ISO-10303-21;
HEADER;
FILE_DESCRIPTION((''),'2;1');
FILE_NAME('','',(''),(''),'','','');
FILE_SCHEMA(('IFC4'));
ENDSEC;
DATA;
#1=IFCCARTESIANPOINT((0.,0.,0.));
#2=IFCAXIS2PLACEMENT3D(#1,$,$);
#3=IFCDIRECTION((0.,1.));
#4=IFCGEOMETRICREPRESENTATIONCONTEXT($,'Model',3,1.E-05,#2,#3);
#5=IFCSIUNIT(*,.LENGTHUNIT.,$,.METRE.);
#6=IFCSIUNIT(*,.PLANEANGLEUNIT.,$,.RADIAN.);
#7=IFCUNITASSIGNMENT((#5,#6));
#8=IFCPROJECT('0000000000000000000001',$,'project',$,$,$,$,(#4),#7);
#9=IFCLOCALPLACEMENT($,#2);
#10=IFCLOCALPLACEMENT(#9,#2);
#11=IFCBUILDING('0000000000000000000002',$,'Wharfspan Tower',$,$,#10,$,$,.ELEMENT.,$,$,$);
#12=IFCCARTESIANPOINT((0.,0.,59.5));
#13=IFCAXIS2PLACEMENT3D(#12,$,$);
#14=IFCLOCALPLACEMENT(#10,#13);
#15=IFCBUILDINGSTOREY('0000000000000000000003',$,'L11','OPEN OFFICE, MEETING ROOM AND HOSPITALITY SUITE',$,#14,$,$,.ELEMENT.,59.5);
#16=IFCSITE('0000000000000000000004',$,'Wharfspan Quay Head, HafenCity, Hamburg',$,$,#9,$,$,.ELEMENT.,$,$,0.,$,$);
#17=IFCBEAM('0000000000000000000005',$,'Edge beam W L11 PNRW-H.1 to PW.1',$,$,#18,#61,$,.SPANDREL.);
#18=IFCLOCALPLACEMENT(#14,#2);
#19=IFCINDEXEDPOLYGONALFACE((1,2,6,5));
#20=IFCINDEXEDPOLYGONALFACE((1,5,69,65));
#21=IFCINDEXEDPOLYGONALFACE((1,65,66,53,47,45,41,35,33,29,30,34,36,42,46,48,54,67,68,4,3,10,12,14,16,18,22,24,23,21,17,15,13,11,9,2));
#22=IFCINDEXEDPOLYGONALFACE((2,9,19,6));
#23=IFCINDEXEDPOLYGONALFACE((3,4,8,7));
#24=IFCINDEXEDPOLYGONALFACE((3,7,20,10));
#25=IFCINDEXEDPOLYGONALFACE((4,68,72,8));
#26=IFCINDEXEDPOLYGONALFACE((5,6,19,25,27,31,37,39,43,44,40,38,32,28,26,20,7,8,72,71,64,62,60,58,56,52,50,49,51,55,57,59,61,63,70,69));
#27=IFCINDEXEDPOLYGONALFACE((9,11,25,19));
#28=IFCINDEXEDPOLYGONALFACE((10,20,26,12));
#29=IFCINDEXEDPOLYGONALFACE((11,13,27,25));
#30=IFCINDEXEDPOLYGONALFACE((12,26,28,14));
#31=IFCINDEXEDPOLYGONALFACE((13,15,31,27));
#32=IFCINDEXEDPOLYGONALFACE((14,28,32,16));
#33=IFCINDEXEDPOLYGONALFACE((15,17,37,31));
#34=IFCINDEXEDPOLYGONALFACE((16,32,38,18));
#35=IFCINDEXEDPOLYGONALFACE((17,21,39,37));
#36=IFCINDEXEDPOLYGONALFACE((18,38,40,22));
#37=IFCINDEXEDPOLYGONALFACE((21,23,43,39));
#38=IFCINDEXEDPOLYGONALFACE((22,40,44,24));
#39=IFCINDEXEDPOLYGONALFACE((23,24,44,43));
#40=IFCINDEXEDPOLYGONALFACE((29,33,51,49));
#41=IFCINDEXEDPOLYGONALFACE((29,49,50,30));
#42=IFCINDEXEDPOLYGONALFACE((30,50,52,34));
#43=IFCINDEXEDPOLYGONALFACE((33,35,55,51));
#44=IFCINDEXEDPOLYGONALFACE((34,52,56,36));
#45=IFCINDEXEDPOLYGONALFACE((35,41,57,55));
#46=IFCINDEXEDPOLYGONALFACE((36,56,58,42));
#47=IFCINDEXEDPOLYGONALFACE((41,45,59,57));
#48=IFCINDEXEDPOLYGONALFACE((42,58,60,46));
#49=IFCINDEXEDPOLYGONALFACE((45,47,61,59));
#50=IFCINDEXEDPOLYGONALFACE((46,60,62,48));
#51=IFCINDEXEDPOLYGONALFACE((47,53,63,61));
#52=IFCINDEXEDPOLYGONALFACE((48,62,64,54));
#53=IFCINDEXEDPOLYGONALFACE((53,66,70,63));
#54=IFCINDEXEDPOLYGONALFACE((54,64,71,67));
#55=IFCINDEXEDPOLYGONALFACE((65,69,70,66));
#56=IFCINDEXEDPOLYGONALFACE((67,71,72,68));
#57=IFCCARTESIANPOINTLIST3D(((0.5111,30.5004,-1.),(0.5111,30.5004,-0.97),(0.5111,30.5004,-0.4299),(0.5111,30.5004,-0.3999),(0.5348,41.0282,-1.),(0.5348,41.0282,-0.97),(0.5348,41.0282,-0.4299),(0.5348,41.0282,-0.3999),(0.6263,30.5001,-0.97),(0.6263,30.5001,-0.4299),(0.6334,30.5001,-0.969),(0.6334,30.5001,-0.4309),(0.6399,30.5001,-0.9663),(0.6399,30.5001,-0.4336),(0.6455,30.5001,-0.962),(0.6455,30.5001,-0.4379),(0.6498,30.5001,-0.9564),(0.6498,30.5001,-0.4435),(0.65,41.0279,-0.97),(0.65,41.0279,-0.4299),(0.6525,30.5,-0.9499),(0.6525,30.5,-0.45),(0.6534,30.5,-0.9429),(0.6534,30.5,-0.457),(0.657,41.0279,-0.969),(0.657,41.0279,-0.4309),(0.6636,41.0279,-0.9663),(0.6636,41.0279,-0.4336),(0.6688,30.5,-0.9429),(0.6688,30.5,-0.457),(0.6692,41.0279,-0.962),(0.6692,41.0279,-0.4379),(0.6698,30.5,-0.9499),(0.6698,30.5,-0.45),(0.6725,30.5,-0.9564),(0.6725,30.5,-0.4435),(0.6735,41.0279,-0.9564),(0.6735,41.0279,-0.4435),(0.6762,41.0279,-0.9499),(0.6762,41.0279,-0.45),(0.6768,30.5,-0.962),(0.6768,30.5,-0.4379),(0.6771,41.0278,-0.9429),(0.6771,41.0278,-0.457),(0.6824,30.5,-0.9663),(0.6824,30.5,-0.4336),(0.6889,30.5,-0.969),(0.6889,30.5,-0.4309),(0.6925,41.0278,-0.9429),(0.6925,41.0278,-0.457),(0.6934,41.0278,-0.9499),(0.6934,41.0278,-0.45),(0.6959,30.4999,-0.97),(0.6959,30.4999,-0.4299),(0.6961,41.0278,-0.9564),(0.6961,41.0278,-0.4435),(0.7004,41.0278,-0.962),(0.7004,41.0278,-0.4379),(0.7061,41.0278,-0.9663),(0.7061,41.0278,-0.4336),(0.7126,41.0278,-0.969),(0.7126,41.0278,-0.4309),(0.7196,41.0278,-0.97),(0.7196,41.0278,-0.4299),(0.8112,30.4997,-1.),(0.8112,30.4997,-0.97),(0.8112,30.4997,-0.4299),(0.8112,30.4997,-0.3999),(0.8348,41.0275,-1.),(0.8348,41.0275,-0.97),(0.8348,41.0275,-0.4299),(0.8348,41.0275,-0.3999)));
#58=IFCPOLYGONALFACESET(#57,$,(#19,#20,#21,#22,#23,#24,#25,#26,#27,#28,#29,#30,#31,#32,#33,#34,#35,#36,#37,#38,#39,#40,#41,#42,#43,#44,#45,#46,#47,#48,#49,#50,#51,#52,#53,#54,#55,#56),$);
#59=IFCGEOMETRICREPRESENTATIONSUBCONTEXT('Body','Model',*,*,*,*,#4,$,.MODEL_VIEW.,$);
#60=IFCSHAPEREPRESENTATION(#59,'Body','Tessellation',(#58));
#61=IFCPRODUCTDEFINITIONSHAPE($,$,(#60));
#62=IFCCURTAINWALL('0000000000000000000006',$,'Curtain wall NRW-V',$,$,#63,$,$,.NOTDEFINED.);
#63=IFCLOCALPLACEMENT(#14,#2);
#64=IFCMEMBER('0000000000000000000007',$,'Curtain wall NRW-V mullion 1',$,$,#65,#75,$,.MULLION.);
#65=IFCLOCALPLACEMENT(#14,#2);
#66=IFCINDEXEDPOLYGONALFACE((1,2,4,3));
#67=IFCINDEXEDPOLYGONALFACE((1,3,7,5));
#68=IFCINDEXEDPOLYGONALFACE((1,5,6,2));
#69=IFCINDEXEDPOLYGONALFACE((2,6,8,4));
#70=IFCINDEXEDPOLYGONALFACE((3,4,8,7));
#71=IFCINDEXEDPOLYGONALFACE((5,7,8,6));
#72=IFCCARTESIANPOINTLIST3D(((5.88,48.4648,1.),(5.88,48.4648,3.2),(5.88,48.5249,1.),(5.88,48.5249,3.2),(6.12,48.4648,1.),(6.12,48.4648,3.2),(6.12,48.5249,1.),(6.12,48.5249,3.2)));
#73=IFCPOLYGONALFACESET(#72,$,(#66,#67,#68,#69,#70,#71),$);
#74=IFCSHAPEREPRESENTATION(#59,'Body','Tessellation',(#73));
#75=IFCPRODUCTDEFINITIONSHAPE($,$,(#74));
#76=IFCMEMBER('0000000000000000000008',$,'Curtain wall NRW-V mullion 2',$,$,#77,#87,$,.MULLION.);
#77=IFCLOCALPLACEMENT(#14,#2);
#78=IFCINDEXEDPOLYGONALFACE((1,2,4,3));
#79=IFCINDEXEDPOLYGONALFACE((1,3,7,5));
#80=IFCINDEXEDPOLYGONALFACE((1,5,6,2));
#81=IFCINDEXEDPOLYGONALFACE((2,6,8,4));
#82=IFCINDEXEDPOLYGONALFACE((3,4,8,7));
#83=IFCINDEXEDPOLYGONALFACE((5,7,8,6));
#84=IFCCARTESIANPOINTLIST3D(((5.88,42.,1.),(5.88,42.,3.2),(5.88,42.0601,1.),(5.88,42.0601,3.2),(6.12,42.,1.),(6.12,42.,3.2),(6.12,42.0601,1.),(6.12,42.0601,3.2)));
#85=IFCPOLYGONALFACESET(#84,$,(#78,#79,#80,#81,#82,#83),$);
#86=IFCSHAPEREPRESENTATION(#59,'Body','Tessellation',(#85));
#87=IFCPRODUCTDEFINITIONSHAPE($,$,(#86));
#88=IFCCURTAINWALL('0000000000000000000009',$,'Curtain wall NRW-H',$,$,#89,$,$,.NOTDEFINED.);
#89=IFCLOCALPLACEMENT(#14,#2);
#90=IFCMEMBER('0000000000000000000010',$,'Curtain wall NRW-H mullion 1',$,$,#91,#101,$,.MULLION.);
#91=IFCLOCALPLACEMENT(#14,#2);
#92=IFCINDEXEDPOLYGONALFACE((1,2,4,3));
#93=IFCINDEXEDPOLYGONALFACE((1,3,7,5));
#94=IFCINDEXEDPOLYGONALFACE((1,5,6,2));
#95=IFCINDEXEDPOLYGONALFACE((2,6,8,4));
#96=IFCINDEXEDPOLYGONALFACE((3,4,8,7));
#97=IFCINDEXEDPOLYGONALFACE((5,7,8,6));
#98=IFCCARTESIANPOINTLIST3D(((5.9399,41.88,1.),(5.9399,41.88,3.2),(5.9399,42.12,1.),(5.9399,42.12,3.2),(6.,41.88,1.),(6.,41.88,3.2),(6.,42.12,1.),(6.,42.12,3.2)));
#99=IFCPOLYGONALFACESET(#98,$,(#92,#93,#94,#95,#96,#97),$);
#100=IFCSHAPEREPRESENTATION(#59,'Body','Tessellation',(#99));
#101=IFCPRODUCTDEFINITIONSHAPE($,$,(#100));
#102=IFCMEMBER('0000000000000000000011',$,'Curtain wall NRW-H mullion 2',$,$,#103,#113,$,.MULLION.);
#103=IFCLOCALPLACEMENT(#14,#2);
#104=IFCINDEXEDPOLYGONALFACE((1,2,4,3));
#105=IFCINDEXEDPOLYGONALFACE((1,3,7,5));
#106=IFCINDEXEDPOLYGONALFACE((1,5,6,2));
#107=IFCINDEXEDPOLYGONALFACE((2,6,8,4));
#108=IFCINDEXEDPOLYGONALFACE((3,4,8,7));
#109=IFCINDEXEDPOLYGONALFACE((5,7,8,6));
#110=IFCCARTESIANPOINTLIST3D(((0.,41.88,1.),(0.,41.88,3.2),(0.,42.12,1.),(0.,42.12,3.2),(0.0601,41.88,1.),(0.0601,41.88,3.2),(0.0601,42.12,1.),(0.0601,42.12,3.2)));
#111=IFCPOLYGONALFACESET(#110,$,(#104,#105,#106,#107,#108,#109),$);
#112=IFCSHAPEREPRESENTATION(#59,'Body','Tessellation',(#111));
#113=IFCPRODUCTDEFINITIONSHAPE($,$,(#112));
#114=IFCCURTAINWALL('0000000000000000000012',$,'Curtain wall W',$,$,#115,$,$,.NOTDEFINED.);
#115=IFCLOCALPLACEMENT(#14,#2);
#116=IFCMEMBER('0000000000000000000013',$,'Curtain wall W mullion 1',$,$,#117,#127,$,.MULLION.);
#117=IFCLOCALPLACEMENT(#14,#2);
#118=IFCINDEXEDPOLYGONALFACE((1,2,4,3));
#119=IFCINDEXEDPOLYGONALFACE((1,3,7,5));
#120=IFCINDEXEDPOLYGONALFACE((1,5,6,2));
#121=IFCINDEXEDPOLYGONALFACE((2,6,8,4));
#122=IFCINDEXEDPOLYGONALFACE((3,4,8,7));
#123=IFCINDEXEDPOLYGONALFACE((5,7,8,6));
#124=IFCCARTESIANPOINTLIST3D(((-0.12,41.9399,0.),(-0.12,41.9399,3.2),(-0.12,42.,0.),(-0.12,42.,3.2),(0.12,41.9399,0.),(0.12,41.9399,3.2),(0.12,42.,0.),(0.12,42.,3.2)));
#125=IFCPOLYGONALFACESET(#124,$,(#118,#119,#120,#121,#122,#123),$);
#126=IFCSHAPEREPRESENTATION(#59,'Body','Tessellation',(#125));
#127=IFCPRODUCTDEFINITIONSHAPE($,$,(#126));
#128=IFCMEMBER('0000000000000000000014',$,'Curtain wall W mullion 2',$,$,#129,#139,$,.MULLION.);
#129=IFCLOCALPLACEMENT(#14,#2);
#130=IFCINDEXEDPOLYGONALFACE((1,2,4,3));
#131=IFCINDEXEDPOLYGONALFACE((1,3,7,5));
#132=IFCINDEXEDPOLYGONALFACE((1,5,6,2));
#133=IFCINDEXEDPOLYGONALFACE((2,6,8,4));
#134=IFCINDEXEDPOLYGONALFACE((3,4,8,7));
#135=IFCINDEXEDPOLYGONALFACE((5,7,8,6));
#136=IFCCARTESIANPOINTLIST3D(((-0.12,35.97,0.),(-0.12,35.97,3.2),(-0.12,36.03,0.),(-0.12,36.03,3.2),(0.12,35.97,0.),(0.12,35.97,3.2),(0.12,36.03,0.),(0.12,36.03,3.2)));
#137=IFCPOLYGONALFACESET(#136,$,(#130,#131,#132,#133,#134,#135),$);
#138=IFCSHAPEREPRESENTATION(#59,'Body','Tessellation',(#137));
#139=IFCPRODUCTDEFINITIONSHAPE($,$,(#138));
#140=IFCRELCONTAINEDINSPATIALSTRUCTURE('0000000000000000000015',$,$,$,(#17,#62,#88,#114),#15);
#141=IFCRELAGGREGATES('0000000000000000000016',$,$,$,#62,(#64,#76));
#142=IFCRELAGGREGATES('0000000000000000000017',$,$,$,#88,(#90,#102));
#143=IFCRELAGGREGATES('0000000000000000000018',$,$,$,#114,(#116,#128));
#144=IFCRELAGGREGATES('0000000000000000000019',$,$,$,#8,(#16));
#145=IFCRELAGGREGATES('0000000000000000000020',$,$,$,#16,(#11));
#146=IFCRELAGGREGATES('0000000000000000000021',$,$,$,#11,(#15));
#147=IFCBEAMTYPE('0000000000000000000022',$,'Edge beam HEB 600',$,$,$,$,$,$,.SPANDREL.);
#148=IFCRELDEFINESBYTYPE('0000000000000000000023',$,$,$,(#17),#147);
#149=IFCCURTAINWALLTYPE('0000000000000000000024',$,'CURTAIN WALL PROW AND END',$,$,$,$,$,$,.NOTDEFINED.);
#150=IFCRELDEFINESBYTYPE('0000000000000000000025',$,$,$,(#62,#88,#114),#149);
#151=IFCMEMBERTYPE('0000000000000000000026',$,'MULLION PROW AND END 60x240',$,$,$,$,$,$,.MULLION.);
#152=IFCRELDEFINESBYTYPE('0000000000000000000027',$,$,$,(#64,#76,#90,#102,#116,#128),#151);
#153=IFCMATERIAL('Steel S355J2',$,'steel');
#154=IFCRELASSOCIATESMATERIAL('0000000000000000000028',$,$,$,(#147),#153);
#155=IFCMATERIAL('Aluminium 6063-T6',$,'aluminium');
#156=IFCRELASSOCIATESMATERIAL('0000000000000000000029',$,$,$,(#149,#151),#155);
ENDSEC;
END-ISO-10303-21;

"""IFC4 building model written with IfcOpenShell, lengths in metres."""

from ifc_helpers import new_model, si_unit, direction, frame, origin, origin_2d, place, context, subcontext, project, spatial, rectangle, i_section, extrude, material, material_profile, profile_set, type_object, element, aggregate, save


model = new_model("IFC4")

# Units and contexts
model_context = context("Model", 3, precision=1e-05, world=origin(), true_north=direction((0.0, 1.0)))
body_context = subcontext(model_context, "Body", "Model", "MODEL_VIEW")
ifc_project = project(units=[si_unit("LENGTHUNIT", "METRE"), si_unit("PLANEANGLEUNIT", "RADIAN")], contexts=[model_context])

# Site, building, storey
site_placement = place(None, origin())
site = spatial("IfcSite", under=ifc_project, at=site_placement, Name="Wharfspan Quay Head, HafenCity, Hamburg", CompositionType="ELEMENT", RefElevation=0.0)
building_placement = place(site_placement, origin())
building = spatial("IfcBuilding", under=site, at=building_placement, Name="Wharfspan Tower", CompositionType="ELEMENT")
storey_placement = place(building_placement, frame((0.0, 0.0, 59.5)))
storey = spatial("IfcBuildingStorey", under=building, at=storey_placement, Name="L11", Description="OPEN OFFICE, MEETING ROOM AND HOSPITALITY SUITE", CompositionType="ELEMENT", Elevation=59.5)

# Shared definitions
ifc_material_1 = material(Name="Steel S355J2", Category="steel")

# Beam
ifc_material_profile_1 = material_profile(ifc_material_1, i_section(OverallWidth=0.3, OverallDepth=0.6001, WebThickness=0.0154, FlangeThickness=0.03, FilletRadius=0.0271, at=origin_2d()))
ifc_profile_set_1 = profile_set([ifc_material_profile_1], Name="Steel S355J2")
beam_type = type_object("IfcBeamType", Name="Edge beam HEB 600", PredefinedType="SPANDREL", material=ifc_profile_set_1)
beam_placement = place(storey_placement, frame((0.6848, 41.0278, -0.7), z_axis=(-0.002249, -0.999997, 0.0), x_axis=(0.999997, -0.002249, 0.0)))
element("IfcBeam", 1, at=beam_placement, inside=storey, type_object=beam_type, Name="Edge beam W L11 PNRW-H.1 to PW.1", PredefinedType="SPANDREL", context=body_context, shape_type="SweptSolid", body=[
    extrude(i_section(OverallWidth=0.3, OverallDepth=0.6001, WebThickness=0.0154, FlangeThickness=0.03, FilletRadius=0.0271, at=origin_2d()), origin(), (0.0, 0.0, 1.0), 10.5278),
])

# Curtain walls, members
ifc_material_2 = material(Name="Aluminium 6063-T6", Category="aluminium")
curtain_wall_type = type_object("IfcCurtainWallType", Name="CURTAIN WALL PROW AND END", PredefinedType="NOTDEFINED", material=ifc_material_2)
curtain_wall_1_placement = place(storey_placement, origin())
curtain_wall_1 = element("IfcCurtainWall", 2, at=curtain_wall_1_placement, inside=storey, type_object=curtain_wall_type, Name="Curtain wall NRW-V", PredefinedType="NOTDEFINED")
ifc_material_profile_2 = material_profile(ifc_material_2, rectangle(XDim=0.24, YDim=0.0601, at=origin_2d()))
ifc_profile_set_2 = profile_set([ifc_material_profile_2], Name="Aluminium 6063-T6")
member_type_1 = type_object("IfcMemberType", Name="MULLION PROW AND END 60x240", PredefinedType="MULLION", material=ifc_profile_set_2)
member_1_placement = place(storey_placement, frame((6.0, 48.4949, 1.0), z_axis=(0.0, 0.0, 1.0), x_axis=(1.0, 0.0, 0.0)))
member_1 = element("IfcMember", 3, at=member_1_placement, type_object=member_type_1, Name="Curtain wall NRW-V mullion 1", PredefinedType="MULLION", context=body_context, shape_type="SweptSolid", body=[
    extrude(rectangle(XDim=0.24, YDim=0.0601, at=origin_2d()), origin(), (0.0, 0.0, 1.0), 2.2),
])
member_2_placement = place(storey_placement, frame((6.0, 42.03, 1.0), z_axis=(0.0, 0.0, 1.0), x_axis=(1.0, 0.0, 0.0)))
member_2 = element("IfcMember", 4, at=member_2_placement, type_object=member_type_1, Name="Curtain wall NRW-V mullion 2", PredefinedType="MULLION", context=body_context, shape_type="SweptSolid", body=[
    extrude(rectangle(XDim=0.24, YDim=0.0601, at=origin_2d()), origin(), (0.0, 0.0, 1.0), 2.2),
])
curtain_wall_2_placement = place(storey_placement, origin())
curtain_wall_2 = element("IfcCurtainWall", 5, at=curtain_wall_2_placement, inside=storey, type_object=curtain_wall_type, Name="Curtain wall NRW-H", PredefinedType="NOTDEFINED")
member_3_placement = place(storey_placement, frame((5.97, 42.0, 1.0), z_axis=(0.0, 0.0, 1.0), x_axis=(0.0, -1.0, 0.0)))
member_3 = element("IfcMember", 6, at=member_3_placement, type_object=member_type_1, Name="Curtain wall NRW-H mullion 1", PredefinedType="MULLION", context=body_context, shape_type="SweptSolid", body=[
    extrude(rectangle(XDim=0.24, YDim=0.0601, at=origin_2d()), origin(), (0.0, 0.0, 1.0), 2.2),
])
member_4_placement = place(storey_placement, frame((0.03, 42.0, 1.0), z_axis=(0.0, 0.0, 1.0), x_axis=(0.0, -1.0, 0.0)))
member_4 = element("IfcMember", 7, at=member_4_placement, type_object=member_type_1, Name="Curtain wall NRW-H mullion 2", PredefinedType="MULLION", context=body_context, shape_type="SweptSolid", body=[
    extrude(rectangle(XDim=0.24, YDim=0.0601, at=origin_2d()), origin(), (0.0, 0.0, 1.0), 2.2),
])
curtain_wall_3_placement = place(storey_placement, origin())
curtain_wall_3 = element("IfcCurtainWall", 8, at=curtain_wall_3_placement, inside=storey, type_object=curtain_wall_type, Name="Curtain wall W", PredefinedType="NOTDEFINED")
member_5_placement = place(storey_placement, frame((0.0, 41.97, 0.0), z_axis=(0.0, 0.0, 1.0), x_axis=(1.0, 0.0, 0.0)))
member_5 = element("IfcMember", 9, at=member_5_placement, type_object=member_type_1, Name="Curtain wall W mullion 1", PredefinedType="MULLION", context=body_context, shape_type="SweptSolid", body=[
    extrude(rectangle(XDim=0.24, YDim=0.0601, at=origin_2d()), origin(), (0.0, 0.0, 1.0), 3.2),
])
member_6_placement = place(storey_placement, frame((0.0, 36.0, 0.0), z_axis=(0.0, 0.0, 1.0), x_axis=(1.0, 0.0, 0.0)))
member_6 = element("IfcMember", 10, at=member_6_placement, type_object=member_type_1, Name="Curtain wall W mullion 2", PredefinedType="MULLION", context=body_context, shape_type="SweptSolid", body=[
    extrude(rectangle(XDim=0.24, YDim=0.0601, at=origin_2d()), origin(), (0.0, 0.0, 1.0), 3.2),
])

aggregate(curtain_wall_1, [member_1, member_2])
aggregate(curtain_wall_2, [member_3, member_4])
aggregate(curtain_wall_3, [member_5, member_6])

save(model, "model.ifc")
